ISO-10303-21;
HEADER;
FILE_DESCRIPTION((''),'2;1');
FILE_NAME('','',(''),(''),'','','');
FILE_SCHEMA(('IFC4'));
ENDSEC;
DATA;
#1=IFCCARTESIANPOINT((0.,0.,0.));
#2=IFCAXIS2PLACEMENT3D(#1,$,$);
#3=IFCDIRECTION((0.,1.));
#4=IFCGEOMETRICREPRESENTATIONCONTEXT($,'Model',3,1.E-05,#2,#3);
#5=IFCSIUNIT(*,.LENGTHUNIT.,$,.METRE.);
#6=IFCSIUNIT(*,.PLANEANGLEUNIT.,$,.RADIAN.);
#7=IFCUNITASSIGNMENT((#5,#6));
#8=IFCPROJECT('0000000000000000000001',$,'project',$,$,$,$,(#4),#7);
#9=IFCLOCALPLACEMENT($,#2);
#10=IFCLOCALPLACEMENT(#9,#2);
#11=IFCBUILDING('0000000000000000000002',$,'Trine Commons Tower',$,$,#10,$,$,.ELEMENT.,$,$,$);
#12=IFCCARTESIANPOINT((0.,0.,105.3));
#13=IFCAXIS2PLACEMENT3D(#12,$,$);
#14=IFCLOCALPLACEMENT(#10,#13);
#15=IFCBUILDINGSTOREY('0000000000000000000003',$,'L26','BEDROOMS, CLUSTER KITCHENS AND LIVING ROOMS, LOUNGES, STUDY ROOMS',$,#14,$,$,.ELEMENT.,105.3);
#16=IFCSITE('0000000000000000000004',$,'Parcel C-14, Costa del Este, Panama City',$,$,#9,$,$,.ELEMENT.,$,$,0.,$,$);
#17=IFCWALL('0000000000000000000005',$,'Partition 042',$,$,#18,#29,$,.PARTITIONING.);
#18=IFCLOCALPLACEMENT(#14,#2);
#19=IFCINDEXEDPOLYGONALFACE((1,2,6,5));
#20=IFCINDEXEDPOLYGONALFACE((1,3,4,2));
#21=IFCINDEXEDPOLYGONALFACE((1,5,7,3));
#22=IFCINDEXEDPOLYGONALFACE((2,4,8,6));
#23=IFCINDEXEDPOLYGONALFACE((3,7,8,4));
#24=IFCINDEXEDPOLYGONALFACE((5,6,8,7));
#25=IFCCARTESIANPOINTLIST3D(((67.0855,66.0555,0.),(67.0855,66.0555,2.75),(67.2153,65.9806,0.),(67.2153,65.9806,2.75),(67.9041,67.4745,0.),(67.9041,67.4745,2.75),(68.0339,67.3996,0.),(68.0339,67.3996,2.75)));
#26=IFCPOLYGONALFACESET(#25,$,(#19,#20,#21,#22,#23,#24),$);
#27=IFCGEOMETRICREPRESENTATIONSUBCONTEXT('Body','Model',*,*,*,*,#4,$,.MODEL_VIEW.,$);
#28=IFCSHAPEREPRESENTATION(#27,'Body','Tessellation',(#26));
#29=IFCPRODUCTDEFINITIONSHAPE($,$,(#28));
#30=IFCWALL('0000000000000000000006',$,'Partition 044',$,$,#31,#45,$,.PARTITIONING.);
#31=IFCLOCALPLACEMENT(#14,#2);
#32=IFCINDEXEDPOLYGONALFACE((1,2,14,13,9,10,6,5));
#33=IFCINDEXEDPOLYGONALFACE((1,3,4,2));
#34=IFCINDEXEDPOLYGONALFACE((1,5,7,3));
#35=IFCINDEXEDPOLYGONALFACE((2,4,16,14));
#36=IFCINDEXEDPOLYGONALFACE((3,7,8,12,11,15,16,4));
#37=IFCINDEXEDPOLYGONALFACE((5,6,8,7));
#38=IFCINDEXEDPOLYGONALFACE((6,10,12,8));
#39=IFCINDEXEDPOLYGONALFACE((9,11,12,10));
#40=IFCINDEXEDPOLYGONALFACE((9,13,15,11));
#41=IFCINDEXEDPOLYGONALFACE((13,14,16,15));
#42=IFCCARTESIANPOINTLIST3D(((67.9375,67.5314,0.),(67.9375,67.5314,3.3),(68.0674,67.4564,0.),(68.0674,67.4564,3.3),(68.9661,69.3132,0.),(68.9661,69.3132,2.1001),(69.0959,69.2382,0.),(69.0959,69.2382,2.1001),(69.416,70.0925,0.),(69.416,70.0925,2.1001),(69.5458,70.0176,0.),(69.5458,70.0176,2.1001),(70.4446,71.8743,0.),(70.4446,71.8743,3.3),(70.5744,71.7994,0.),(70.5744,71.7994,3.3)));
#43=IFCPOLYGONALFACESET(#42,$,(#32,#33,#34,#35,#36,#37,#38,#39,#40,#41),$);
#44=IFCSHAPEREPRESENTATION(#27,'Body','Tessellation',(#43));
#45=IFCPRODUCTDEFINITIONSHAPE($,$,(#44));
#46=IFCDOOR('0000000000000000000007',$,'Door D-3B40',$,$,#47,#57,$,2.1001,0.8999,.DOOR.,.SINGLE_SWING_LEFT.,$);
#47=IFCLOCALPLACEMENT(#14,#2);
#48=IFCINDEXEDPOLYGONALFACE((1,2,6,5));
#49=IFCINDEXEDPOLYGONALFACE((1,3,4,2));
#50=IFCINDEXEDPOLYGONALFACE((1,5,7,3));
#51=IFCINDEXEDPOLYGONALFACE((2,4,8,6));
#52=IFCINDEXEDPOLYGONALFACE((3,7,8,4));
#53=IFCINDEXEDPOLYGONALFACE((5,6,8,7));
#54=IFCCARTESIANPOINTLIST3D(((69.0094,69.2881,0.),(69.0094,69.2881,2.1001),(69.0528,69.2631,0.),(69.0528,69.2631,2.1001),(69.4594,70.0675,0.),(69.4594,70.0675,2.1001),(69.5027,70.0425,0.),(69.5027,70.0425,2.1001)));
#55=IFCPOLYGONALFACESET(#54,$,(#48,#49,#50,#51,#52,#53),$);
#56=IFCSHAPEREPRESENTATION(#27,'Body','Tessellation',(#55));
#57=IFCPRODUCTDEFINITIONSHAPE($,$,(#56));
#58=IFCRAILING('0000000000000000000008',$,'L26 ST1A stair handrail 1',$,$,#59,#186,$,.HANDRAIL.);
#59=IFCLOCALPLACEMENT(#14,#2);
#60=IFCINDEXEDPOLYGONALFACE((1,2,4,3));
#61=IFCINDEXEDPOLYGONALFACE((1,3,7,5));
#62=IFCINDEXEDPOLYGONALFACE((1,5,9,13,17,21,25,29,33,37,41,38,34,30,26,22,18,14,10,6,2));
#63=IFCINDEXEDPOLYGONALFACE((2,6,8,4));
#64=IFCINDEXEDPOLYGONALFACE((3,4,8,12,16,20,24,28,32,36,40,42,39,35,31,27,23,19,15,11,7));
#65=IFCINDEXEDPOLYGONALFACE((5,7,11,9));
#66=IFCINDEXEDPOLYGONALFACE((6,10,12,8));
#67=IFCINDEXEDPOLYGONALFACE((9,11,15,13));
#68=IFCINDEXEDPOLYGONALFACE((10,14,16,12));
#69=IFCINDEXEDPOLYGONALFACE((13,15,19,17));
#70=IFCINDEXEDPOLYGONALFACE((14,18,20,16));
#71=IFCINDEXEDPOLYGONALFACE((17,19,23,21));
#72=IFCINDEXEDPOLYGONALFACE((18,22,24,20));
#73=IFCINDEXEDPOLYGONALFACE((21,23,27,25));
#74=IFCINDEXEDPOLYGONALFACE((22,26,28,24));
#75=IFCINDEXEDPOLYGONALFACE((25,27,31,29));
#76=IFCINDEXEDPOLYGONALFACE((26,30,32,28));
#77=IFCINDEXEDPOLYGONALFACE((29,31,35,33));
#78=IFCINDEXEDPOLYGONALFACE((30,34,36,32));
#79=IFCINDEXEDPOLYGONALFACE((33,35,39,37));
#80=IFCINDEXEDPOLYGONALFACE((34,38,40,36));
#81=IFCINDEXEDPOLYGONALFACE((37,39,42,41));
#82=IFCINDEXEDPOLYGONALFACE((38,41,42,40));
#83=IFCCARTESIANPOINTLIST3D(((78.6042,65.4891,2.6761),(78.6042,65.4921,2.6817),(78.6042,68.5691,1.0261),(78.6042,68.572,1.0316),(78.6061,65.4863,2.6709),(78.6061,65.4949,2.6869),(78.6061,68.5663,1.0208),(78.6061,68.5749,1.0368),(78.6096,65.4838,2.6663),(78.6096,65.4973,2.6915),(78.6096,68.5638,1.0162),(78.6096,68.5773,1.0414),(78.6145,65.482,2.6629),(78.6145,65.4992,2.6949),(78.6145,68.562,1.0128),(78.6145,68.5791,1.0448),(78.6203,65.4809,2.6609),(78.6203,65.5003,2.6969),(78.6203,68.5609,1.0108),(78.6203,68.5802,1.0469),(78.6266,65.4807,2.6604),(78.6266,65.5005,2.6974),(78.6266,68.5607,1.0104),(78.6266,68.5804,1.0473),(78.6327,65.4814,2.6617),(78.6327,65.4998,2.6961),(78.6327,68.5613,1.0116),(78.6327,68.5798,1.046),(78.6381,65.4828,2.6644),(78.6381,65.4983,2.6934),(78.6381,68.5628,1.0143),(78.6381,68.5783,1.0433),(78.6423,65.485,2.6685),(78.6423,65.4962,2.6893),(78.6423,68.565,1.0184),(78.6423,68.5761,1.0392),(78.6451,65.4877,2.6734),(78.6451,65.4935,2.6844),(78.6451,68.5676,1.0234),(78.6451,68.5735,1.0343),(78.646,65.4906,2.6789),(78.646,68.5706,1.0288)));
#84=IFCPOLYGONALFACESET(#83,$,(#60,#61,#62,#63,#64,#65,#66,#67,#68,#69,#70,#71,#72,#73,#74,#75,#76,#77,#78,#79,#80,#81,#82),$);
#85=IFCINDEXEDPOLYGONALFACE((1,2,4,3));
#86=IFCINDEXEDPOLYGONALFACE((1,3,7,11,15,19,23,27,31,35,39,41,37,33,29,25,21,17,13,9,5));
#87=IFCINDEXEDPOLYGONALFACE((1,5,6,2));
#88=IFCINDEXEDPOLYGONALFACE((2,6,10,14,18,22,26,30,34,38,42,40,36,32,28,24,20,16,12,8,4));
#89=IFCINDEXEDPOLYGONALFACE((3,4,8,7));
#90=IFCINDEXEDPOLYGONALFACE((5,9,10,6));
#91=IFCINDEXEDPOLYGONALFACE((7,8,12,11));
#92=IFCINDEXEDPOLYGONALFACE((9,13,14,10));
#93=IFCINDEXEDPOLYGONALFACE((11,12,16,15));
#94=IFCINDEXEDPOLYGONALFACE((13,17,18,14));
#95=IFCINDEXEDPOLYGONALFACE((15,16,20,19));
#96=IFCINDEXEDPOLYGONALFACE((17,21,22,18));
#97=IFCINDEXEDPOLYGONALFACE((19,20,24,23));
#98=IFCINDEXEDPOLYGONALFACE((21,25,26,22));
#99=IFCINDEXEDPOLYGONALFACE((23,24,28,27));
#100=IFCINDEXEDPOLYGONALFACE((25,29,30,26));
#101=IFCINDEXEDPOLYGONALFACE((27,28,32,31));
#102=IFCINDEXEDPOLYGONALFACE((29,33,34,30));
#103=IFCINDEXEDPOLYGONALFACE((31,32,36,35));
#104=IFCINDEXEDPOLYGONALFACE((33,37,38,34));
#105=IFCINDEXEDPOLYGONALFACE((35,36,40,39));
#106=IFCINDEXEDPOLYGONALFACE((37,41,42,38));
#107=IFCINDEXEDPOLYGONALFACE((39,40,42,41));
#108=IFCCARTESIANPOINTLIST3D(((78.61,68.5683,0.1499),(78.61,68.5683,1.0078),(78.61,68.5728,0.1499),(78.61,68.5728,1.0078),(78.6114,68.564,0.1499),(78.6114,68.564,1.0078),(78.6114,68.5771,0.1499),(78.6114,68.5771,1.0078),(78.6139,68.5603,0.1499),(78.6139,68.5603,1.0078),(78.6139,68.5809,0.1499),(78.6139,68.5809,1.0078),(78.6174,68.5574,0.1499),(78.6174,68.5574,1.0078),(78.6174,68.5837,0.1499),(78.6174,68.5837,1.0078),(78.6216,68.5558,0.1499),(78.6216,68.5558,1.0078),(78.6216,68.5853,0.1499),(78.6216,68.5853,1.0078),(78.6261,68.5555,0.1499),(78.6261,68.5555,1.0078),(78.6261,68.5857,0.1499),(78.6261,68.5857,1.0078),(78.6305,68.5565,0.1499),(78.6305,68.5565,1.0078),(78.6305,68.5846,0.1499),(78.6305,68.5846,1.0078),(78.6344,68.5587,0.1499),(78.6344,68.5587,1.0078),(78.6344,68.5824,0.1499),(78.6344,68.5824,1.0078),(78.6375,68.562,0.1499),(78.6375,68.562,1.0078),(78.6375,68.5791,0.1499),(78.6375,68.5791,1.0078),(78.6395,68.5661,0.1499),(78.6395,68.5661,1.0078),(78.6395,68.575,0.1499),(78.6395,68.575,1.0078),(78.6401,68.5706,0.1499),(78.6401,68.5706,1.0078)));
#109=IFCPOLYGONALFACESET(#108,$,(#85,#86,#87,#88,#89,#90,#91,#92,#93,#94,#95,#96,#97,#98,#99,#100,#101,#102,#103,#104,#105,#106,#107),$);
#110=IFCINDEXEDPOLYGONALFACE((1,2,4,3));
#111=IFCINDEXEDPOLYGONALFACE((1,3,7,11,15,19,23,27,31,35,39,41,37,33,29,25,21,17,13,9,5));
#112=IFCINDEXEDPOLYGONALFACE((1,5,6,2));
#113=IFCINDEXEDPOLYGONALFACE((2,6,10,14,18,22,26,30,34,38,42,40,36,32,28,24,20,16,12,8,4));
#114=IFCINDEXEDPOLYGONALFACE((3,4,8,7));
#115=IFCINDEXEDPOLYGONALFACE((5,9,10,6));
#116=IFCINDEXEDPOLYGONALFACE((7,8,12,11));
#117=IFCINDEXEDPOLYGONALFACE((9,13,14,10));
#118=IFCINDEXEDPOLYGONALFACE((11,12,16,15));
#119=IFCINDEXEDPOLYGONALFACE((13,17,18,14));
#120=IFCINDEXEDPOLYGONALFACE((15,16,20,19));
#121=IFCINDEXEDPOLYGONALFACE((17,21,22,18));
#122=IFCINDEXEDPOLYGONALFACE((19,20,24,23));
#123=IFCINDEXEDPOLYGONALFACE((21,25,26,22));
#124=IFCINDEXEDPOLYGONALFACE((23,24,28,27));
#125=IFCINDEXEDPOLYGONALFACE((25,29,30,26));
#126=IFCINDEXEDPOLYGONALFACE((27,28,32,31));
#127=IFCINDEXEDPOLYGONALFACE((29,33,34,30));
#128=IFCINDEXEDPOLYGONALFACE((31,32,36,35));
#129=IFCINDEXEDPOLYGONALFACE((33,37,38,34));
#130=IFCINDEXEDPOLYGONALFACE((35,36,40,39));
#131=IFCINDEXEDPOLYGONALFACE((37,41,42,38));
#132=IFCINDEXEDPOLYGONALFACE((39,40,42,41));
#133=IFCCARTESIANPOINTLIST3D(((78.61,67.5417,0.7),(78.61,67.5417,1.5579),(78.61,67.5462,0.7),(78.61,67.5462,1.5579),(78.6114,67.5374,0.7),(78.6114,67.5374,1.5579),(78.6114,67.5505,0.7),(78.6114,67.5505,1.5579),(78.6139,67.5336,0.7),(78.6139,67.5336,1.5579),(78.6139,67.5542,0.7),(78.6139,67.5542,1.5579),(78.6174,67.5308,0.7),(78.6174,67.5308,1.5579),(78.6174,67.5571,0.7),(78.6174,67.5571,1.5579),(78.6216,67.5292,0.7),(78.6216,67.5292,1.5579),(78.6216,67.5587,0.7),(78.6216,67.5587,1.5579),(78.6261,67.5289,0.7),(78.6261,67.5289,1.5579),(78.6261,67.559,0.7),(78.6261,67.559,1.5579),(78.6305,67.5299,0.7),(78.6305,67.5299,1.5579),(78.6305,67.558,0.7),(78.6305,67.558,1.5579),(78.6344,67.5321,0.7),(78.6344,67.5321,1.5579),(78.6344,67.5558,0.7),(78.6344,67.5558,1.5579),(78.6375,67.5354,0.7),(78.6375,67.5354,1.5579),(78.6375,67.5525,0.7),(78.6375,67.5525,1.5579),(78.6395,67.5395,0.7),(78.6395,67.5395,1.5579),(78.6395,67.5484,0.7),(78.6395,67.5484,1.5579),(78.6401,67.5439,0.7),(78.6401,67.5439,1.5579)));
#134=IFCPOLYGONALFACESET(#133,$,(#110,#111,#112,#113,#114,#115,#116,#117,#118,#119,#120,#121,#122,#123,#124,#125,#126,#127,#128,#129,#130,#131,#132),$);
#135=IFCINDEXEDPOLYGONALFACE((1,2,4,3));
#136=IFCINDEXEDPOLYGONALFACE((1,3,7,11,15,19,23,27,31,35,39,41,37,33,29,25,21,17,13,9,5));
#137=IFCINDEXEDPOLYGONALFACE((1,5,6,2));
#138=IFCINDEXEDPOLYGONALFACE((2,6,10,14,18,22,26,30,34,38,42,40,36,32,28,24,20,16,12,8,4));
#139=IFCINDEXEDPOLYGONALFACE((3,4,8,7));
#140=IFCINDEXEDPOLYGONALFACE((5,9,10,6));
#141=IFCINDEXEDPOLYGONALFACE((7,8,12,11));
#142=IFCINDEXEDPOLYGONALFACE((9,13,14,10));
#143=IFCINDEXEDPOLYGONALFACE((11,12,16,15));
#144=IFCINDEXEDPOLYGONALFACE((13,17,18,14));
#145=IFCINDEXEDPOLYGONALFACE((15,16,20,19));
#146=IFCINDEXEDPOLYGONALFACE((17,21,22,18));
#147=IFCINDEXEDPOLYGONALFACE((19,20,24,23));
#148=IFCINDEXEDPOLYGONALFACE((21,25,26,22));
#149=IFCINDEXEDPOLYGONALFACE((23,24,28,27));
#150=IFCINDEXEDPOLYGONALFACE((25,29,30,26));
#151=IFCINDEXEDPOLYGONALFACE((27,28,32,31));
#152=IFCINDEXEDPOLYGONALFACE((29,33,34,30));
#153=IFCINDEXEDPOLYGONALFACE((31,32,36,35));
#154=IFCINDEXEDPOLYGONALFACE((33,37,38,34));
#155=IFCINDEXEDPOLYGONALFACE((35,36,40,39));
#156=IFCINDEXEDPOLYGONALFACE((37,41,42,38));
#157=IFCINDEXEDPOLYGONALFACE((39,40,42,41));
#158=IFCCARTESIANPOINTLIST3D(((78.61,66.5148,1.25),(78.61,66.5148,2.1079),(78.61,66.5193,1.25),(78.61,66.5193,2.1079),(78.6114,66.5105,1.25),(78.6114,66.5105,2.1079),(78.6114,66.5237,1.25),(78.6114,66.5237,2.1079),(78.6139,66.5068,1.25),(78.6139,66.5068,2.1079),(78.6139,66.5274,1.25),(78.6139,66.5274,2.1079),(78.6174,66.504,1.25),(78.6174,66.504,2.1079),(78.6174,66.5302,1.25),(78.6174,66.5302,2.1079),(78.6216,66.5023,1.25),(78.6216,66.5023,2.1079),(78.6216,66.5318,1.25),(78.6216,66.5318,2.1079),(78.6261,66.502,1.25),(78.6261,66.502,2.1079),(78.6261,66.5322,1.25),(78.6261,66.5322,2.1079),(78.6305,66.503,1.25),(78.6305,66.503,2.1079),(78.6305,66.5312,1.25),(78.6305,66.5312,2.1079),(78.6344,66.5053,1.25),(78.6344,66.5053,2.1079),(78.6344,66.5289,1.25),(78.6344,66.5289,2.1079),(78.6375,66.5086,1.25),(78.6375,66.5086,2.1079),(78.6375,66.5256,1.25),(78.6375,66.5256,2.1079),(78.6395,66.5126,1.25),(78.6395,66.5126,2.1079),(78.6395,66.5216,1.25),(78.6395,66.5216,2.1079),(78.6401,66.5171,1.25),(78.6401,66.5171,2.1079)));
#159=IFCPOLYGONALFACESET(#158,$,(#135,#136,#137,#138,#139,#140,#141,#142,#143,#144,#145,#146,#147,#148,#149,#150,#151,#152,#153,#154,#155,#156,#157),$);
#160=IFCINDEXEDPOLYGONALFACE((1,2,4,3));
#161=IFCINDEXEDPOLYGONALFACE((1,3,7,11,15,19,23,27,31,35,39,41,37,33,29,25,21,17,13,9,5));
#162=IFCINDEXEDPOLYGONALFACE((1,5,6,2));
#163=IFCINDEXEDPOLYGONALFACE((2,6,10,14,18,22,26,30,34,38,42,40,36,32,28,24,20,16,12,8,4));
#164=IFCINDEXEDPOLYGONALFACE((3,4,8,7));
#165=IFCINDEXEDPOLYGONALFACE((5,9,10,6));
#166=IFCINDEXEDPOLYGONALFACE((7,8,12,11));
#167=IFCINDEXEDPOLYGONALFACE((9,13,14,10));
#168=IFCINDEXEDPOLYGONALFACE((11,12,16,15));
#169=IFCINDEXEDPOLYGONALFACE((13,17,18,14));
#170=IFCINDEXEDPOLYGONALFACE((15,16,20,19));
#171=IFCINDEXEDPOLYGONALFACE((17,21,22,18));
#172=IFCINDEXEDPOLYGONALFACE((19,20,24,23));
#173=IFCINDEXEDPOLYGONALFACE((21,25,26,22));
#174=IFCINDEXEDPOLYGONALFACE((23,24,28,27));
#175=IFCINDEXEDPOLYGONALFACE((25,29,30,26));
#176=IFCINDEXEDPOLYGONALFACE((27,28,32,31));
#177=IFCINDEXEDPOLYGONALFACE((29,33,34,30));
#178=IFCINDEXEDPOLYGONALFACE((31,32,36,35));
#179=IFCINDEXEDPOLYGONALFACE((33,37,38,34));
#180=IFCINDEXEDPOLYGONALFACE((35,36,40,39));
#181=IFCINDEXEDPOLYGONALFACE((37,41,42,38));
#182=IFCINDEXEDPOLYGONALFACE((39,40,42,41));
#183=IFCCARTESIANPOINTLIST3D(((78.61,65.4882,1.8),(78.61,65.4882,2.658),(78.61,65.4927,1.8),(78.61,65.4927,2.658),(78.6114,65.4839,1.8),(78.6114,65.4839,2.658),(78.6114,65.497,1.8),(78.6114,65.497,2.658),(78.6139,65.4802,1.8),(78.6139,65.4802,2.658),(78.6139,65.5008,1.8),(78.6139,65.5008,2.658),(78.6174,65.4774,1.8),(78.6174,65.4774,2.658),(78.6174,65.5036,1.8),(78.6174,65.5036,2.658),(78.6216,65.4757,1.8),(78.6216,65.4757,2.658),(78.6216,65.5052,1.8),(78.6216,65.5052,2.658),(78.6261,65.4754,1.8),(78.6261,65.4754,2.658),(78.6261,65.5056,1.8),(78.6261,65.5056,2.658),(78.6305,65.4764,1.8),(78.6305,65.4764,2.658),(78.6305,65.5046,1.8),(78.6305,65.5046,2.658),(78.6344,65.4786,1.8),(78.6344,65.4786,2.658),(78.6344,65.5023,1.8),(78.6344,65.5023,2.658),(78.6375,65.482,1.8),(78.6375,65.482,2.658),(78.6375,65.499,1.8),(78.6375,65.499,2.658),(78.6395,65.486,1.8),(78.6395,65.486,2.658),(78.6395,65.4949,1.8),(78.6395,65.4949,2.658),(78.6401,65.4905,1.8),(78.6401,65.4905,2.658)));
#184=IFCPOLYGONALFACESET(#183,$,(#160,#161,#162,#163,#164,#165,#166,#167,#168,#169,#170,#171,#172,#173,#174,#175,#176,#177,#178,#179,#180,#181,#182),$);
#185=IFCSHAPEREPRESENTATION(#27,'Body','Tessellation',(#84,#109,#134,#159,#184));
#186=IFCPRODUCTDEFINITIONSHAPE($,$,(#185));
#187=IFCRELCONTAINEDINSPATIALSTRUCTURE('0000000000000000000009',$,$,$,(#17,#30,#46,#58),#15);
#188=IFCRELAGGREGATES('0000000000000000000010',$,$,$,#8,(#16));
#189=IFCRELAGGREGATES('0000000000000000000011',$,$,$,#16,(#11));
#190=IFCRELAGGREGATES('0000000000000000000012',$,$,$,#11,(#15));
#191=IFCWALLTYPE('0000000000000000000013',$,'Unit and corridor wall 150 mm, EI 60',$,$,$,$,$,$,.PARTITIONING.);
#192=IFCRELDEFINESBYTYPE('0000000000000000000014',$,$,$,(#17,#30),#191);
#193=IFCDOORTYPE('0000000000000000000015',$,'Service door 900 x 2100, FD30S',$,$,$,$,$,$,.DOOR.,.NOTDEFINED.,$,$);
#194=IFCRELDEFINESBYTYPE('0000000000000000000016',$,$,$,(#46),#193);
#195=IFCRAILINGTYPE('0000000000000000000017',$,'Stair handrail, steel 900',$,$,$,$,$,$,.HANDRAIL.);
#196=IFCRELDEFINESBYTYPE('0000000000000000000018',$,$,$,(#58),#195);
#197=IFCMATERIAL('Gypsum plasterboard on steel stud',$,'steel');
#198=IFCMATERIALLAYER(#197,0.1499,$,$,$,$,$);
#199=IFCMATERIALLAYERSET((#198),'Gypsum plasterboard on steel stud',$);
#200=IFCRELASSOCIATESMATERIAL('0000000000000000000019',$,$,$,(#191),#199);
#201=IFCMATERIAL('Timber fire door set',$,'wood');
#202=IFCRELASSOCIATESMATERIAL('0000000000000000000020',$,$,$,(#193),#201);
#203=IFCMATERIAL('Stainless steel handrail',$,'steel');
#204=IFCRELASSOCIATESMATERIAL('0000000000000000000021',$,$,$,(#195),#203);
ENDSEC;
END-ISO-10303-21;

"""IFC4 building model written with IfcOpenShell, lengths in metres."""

from ifc_helpers import new_model, si_unit, direction, frame, frame_2d, origin, origin_2d, place, context, subcontext, project, spatial, rectangle, circle, extrude, material, layer, layer_set, type_object, element, fill, save


model = new_model("IFC4")

# Units and contexts
model_context = context("Model", 3, precision=1e-05, world=origin(), true_north=direction((0.0, 1.0)))
body_context = subcontext(model_context, "Body", "Model", "MODEL_VIEW")
ifc_project = project(units=[si_unit("LENGTHUNIT", "METRE"), si_unit("PLANEANGLEUNIT", "RADIAN")], contexts=[model_context])

# Site, building, storey
site_placement = place(None, origin())
site = spatial("IfcSite", under=ifc_project, at=site_placement, Name="Parcel C-14, Costa del Este, Panama City", CompositionType="ELEMENT", RefElevation=0.0)
building_placement = place(site_placement, origin())
building = spatial("IfcBuilding", under=site, at=building_placement, Name="Trine Commons Tower", CompositionType="ELEMENT")
storey_placement = place(building_placement, frame((0.0, 0.0, 105.3)))
storey = spatial("IfcBuildingStorey", under=building, at=storey_placement, Name="L26", Description="BEDROOMS, CLUSTER KITCHENS AND LIVING ROOMS, LOUNGES, STUDY ROOMS", CompositionType="ELEMENT", Elevation=105.3)

# Shared definitions
ifc_material_1 = material(Name="Gypsum plasterboard on steel stud", Category="steel")
ifc_layer_1 = layer(ifc_material_1, 0.1499)
ifc_layer_set_1 = layer_set([ifc_layer_1], Name="Gypsum plasterboard on steel stud")
wall_type_1 = type_object("IfcWallType", Name="Unit and corridor wall 150 mm, EI 60", PredefinedType="PARTITIONING", material=ifc_layer_set_1)

# Wall
wall_1_placement = place(storey_placement, frame((67.1504, 66.0181, 0.0), z_axis=(0.0, 0.0, 1.0), x_axis=(0.499714, 0.866191, 0.0)))
element("IfcWall", 1, at=wall_1_placement, inside=storey, type_object=wall_type_1, Name="Partition 042", PredefinedType="PARTITIONING", context=body_context, shape_type="SweptSolid", body=[
    extrude(rectangle(XDim=1.6382, YDim=0.1499, at=frame_2d((0.8191, 0.0))), origin(), (0.0, 0.0, 1.0), 2.75),
])

# Wall, opening, door
wall_2_placement = place(storey_placement, frame((68.0024, 67.4939, 0.0), z_axis=(0.0, 0.0, 1.0), x_axis=(0.499946, 0.866057, 0.0)))
wall_2 = element("IfcWall", 2, at=wall_2_placement, inside=storey, type_object=wall_type_1, Name="Partition 044", PredefinedType="PARTITIONING", context=body_context, shape_type="SweptSolid", body=[
    extrude(rectangle(XDim=5.0146, YDim=0.1499, at=frame_2d((2.5073, 0.0))), origin(), (0.0, 0.0, 1.0), 3.3),
])
opening_1_placement = place(wall_2_placement, frame((2.0574, 0.0, 0.0)))
opening_1 = element("IfcOpeningElement", 3, at=opening_1_placement, cuts=wall_2, PredefinedType="OPENING", context=body_context, shape_type="SweptSolid", body=[
    extrude(rectangle(XDim=0.8999, YDim=2.1001, at=frame_2d((0.45, 1.05))), frame((0.0, 0.085, 0.0), z_axis=(0.0, -1.0, 0.0), x_axis=(1.0, 0.0, 0.0)), (0.0, 0.0, 1.0), 0.1699),
])
ifc_material_2 = material(Name="Timber fire door set", Category="wood")
door_type_1 = type_object("IfcDoorType", Name="Service door 900 x 2100, FD30S", OperationType="NOTDEFINED", PredefinedType="DOOR", material=ifc_material_2)
door_1_placement = place(opening_1_placement, origin())
door_1 = element("IfcDoor", 4, at=door_1_placement, inside=storey, type_object=door_type_1, Name="Door D-3B40", OperationType="SINGLE_SWING_LEFT", OverallHeight=2.1001, OverallWidth=0.8999, PredefinedType="DOOR", context=body_context, shape_type="SweptSolid", body=[
    extrude(rectangle(XDim=0.8999, YDim=2.1001, at=frame_2d((0.45, 1.05))), frame((0.0, 0.0249, 0.0), z_axis=(0.0, -1.0, 0.0), x_axis=(1.0, 0.0, 0.0)), (0.0, 0.0, 1.0), 0.05),
])
fill(opening_1, door_1)

# Railing
ifc_material_3 = material(Name="Stainless steel handrail", Category="steel")
railing_type = type_object("IfcRailingType", Name="Stair handrail, steel 900", PredefinedType="HANDRAIL", material=ifc_material_3)
railing_1_placement = place(storey_placement, frame((78.625, 68.5706, 0.1499)))
element("IfcRailing", 5, at=railing_1_placement, inside=storey, type_object=railing_type, Name="L26 ST1A stair handrail 1", PredefinedType="HANDRAIL", context=body_context, shape_type="SweptSolid", body=[
    extrude(circle(Radius=0.021, at=origin_2d()), frame((0.0, 0.0, 0.8789), z_axis=(0.0, -0.881468, 0.472245), x_axis=(1.0, 0.0, 0.0)), (0.0, 0.0, 1.0), 3.4941),
    extrude(circle(Radius=0.0151, at=origin_2d()), origin(), (0.0, 0.0, 1.0), 0.8579),
    extrude(circle(Radius=0.0151, at=origin_2d()), frame((0.0, -1.0266, 0.55)), (0.0, 0.0, 1.0), 0.8579),
    extrude(circle(Radius=0.0151, at=origin_2d()), frame((0.0, -2.0535, 1.1001)), (0.0, 0.0, 1.0), 0.8579),
    extrude(circle(Radius=0.0151, at=origin_2d()), frame((0.0, -3.0801, 1.6501)), (0.0, 0.0, 1.0), 0.8579),
])

save(model, "model.ifc")
